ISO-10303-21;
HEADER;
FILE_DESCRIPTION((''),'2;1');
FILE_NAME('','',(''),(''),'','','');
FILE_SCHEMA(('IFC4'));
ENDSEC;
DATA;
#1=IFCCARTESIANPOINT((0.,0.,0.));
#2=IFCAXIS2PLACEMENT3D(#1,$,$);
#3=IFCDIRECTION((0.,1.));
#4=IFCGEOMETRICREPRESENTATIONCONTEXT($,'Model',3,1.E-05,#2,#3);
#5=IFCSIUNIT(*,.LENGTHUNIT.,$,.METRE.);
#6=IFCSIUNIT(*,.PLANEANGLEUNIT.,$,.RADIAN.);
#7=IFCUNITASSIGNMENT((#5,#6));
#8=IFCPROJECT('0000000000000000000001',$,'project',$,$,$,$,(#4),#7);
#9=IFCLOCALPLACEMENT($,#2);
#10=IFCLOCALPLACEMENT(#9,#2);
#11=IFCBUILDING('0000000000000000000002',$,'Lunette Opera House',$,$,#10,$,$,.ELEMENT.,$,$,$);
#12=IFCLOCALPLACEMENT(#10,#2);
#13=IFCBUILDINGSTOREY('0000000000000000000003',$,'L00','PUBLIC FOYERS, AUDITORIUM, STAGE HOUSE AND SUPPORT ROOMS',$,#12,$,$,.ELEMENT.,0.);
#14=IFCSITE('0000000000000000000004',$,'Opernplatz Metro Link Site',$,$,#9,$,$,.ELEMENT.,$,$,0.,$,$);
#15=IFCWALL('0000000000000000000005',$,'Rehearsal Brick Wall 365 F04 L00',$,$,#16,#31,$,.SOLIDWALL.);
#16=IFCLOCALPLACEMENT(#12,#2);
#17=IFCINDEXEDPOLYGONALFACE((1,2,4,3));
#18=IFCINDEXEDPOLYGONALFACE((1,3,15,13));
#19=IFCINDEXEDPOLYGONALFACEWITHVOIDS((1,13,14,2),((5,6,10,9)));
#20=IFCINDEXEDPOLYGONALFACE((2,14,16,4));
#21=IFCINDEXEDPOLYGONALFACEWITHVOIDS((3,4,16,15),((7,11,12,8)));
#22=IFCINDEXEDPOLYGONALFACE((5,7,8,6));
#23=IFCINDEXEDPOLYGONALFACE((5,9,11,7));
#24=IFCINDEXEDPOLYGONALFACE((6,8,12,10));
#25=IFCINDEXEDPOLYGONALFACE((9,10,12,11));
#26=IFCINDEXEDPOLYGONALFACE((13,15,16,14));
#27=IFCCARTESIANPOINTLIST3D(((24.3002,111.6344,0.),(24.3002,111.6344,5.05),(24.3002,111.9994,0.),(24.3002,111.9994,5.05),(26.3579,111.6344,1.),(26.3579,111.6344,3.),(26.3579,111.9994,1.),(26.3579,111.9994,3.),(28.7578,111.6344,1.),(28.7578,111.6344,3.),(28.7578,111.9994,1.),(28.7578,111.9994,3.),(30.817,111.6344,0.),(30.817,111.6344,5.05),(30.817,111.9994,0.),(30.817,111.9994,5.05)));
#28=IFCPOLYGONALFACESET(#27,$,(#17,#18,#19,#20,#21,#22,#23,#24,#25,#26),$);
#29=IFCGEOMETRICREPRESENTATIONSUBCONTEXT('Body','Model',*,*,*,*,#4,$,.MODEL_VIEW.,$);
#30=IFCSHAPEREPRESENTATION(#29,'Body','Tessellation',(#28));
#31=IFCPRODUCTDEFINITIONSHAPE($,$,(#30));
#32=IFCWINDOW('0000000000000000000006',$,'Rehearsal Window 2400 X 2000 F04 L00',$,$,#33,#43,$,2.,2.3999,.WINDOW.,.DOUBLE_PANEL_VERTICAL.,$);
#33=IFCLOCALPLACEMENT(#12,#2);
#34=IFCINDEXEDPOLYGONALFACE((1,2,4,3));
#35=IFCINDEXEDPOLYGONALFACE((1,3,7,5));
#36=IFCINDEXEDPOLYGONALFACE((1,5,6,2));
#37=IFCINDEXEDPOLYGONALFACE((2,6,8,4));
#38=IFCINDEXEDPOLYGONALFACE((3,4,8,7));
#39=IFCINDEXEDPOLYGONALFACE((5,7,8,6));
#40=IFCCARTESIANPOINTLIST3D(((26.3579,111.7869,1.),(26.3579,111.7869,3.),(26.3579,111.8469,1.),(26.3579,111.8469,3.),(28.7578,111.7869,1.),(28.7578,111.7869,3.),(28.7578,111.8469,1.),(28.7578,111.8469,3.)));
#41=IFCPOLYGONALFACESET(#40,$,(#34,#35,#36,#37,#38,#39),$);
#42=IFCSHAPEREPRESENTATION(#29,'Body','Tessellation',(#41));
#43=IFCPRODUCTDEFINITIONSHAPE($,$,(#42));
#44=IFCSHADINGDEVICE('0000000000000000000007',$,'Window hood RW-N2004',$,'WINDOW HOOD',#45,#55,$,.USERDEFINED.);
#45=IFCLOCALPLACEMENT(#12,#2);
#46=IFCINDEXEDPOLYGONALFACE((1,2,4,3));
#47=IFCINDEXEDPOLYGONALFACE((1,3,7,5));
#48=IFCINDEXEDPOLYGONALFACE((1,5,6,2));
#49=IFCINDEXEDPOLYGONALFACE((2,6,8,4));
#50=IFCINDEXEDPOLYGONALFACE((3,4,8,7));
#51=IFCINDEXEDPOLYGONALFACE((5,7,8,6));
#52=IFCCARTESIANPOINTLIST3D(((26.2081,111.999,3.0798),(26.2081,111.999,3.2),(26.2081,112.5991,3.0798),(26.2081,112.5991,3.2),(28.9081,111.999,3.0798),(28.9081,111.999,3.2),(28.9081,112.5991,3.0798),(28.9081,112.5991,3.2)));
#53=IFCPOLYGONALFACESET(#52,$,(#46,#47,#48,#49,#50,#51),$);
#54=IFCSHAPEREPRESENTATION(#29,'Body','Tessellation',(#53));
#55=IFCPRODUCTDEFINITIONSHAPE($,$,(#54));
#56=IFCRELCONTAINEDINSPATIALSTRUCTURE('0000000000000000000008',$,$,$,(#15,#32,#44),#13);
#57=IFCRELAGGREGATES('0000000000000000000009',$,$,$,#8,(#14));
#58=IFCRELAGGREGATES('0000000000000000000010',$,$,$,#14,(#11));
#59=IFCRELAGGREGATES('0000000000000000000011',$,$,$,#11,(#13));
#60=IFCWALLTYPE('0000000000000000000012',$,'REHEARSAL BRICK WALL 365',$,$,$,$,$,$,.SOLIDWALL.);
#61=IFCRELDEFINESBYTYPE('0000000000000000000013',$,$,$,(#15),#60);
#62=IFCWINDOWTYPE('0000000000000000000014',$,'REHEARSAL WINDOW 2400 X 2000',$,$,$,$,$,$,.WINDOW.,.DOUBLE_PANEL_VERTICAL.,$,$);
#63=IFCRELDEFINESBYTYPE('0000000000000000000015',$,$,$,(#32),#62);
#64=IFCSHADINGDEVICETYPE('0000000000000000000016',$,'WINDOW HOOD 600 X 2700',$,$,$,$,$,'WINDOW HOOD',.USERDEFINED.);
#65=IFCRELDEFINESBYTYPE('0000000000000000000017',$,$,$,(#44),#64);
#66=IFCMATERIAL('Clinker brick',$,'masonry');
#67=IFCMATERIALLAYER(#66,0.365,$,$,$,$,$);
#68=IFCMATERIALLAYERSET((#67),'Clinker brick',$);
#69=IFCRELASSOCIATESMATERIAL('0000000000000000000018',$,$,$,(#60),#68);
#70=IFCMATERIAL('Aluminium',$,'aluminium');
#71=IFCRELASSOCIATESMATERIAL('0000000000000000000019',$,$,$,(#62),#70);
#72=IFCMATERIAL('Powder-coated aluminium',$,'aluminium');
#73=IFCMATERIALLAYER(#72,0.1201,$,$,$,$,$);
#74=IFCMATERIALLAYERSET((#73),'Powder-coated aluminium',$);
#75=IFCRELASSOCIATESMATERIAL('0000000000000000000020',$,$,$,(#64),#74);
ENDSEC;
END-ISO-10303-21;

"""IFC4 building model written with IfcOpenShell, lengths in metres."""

from ifc_helpers import new_model, si_unit, direction, frame, frame_2d, origin, origin_2d, place, context, subcontext, project, spatial, rectangle, extrude, material, layer, layer_set, type_object, element, fill, save


model = new_model("IFC4")

# Units and contexts
model_context = context("Model", 3, precision=1e-05, world=origin(), true_north=direction((0.0, 1.0)))
body_context = subcontext(model_context, "Body", "Model", "MODEL_VIEW")
ifc_project = project(units=[si_unit("LENGTHUNIT", "METRE"), si_unit("PLANEANGLEUNIT", "RADIAN")], contexts=[model_context])

# Site, building, storey
site_placement = place(None, origin())
site = spatial("IfcSite", under=ifc_project, at=site_placement, Name="Opernplatz Metro Link Site", CompositionType="ELEMENT", RefElevation=0.0)
building_placement = place(site_placement, origin())
building = spatial("IfcBuilding", under=site, at=building_placement, Name="Lunette Opera House", CompositionType="ELEMENT")
storey_placement = place(building_placement, origin())
storey = spatial("IfcBuildingStorey", under=building, at=storey_placement, Name="L00", Description="PUBLIC FOYERS, AUDITORIUM, STAGE HOUSE AND SUPPORT ROOMS", CompositionType="ELEMENT", Elevation=0.0)

# Shared definitions
ifc_material_1 = material(Name="Clinker brick", Category="masonry")
ifc_layer_1 = layer(ifc_material_1, 0.365)
ifc_layer_set_1 = layer_set([ifc_layer_1], Name="Clinker brick")
wall_type_1 = type_object("IfcWallType", Name="REHEARSAL BRICK WALL 365", PredefinedType="SOLIDWALL", material=ifc_layer_set_1)

# Wall, opening, window
wall_1_placement = place(storey_placement, frame((30.8169, 111.8169, 0.0), z_axis=(0.0, 0.0, 1.0), x_axis=(-1.0, 0.0, 0.0)))
wall_1 = element("IfcWall", 1, at=wall_1_placement, inside=storey, type_object=wall_type_1, Name="Rehearsal Brick Wall 365 F04 L00", PredefinedType="SOLIDWALL", context=body_context, shape_type="SweptSolid", body=[
    extrude(rectangle(XDim=6.5168, YDim=0.365, at=frame_2d((3.2583, 0.0))), origin(), (0.0, 0.0, 1.0), 5.05),
])
opening_1_placement = place(wall_1_placement, frame((2.0591, 0.0, 1.0)))
opening_1 = element("IfcOpeningElement", 2, at=opening_1_placement, cuts=wall_1, PredefinedType="OPENING", context=body_context, shape_type="SweptSolid", body=[
    extrude(rectangle(XDim=2.3999, YDim=2.0, at=frame_2d((1.2, 1.0))), frame((0.0, 0.1946, 0.0), z_axis=(0.0, -1.0, 0.0), x_axis=(1.0, 0.0, 0.0)), (0.0, 0.0, 1.0), 0.3889),
])
ifc_material_2 = material(Name="Aluminium", Category="aluminium")
window_type = type_object("IfcWindowType", Name="REHEARSAL WINDOW 2400 X 2000", PartitioningType="DOUBLE_PANEL_VERTICAL", PredefinedType="WINDOW", material=ifc_material_2)
window_1_placement = place(opening_1_placement, origin())
window_1 = element("IfcWindow", 3, at=window_1_placement, inside=storey, type_object=window_type, Name="Rehearsal Window 2400 X 2000 F04 L00", OverallHeight=2.0, OverallWidth=2.3999, PartitioningType="DOUBLE_PANEL_VERTICAL", PredefinedType="WINDOW", context=body_context, shape_type="SweptSolid", body=[
    extrude(rectangle(XDim=2.3999, YDim=2.0, at=frame_2d((1.2, 1.0))), frame((0.0, 0.03, 0.0), z_axis=(0.0, -1.0, 0.0), x_axis=(1.0, 0.0, 0.0)), (0.0, 0.0, 1.0), 0.0601),
])
fill(opening_1, window_1)

# Shading device
ifc_material_3 = material(Name="Powder-coated aluminium", Category="aluminium")
ifc_layer_2 = layer(ifc_material_3, 0.1201)
ifc_layer_set_2 = layer_set([ifc_layer_2], Name="Powder-coated aluminium")
shading_device_type = type_object("IfcShadingDeviceType", Name="WINDOW HOOD 600 X 2700", ElementType="WINDOW HOOD", PredefinedType="USERDEFINED", material=ifc_layer_set_2)
shading_device_placement = place(storey_placement, frame((27.5581, 112.2991, 3.0798), z_axis=(0.0, 0.0, 1.0), x_axis=(0.0, 1.0, 0.0)))
element("IfcShadingDevice", 4, at=shading_device_placement, inside=storey, type_object=shading_device_type, Name="Window hood RW-N2004", ObjectType="WINDOW HOOD", PredefinedType="USERDEFINED", context=body_context, shape_type="SweptSolid", body=[
    extrude(rectangle(XDim=0.6001, YDim=2.7, at=origin_2d()), origin(), (0.0, 0.0, 1.0), 0.1201),
])

save(model, "model.ifc")
